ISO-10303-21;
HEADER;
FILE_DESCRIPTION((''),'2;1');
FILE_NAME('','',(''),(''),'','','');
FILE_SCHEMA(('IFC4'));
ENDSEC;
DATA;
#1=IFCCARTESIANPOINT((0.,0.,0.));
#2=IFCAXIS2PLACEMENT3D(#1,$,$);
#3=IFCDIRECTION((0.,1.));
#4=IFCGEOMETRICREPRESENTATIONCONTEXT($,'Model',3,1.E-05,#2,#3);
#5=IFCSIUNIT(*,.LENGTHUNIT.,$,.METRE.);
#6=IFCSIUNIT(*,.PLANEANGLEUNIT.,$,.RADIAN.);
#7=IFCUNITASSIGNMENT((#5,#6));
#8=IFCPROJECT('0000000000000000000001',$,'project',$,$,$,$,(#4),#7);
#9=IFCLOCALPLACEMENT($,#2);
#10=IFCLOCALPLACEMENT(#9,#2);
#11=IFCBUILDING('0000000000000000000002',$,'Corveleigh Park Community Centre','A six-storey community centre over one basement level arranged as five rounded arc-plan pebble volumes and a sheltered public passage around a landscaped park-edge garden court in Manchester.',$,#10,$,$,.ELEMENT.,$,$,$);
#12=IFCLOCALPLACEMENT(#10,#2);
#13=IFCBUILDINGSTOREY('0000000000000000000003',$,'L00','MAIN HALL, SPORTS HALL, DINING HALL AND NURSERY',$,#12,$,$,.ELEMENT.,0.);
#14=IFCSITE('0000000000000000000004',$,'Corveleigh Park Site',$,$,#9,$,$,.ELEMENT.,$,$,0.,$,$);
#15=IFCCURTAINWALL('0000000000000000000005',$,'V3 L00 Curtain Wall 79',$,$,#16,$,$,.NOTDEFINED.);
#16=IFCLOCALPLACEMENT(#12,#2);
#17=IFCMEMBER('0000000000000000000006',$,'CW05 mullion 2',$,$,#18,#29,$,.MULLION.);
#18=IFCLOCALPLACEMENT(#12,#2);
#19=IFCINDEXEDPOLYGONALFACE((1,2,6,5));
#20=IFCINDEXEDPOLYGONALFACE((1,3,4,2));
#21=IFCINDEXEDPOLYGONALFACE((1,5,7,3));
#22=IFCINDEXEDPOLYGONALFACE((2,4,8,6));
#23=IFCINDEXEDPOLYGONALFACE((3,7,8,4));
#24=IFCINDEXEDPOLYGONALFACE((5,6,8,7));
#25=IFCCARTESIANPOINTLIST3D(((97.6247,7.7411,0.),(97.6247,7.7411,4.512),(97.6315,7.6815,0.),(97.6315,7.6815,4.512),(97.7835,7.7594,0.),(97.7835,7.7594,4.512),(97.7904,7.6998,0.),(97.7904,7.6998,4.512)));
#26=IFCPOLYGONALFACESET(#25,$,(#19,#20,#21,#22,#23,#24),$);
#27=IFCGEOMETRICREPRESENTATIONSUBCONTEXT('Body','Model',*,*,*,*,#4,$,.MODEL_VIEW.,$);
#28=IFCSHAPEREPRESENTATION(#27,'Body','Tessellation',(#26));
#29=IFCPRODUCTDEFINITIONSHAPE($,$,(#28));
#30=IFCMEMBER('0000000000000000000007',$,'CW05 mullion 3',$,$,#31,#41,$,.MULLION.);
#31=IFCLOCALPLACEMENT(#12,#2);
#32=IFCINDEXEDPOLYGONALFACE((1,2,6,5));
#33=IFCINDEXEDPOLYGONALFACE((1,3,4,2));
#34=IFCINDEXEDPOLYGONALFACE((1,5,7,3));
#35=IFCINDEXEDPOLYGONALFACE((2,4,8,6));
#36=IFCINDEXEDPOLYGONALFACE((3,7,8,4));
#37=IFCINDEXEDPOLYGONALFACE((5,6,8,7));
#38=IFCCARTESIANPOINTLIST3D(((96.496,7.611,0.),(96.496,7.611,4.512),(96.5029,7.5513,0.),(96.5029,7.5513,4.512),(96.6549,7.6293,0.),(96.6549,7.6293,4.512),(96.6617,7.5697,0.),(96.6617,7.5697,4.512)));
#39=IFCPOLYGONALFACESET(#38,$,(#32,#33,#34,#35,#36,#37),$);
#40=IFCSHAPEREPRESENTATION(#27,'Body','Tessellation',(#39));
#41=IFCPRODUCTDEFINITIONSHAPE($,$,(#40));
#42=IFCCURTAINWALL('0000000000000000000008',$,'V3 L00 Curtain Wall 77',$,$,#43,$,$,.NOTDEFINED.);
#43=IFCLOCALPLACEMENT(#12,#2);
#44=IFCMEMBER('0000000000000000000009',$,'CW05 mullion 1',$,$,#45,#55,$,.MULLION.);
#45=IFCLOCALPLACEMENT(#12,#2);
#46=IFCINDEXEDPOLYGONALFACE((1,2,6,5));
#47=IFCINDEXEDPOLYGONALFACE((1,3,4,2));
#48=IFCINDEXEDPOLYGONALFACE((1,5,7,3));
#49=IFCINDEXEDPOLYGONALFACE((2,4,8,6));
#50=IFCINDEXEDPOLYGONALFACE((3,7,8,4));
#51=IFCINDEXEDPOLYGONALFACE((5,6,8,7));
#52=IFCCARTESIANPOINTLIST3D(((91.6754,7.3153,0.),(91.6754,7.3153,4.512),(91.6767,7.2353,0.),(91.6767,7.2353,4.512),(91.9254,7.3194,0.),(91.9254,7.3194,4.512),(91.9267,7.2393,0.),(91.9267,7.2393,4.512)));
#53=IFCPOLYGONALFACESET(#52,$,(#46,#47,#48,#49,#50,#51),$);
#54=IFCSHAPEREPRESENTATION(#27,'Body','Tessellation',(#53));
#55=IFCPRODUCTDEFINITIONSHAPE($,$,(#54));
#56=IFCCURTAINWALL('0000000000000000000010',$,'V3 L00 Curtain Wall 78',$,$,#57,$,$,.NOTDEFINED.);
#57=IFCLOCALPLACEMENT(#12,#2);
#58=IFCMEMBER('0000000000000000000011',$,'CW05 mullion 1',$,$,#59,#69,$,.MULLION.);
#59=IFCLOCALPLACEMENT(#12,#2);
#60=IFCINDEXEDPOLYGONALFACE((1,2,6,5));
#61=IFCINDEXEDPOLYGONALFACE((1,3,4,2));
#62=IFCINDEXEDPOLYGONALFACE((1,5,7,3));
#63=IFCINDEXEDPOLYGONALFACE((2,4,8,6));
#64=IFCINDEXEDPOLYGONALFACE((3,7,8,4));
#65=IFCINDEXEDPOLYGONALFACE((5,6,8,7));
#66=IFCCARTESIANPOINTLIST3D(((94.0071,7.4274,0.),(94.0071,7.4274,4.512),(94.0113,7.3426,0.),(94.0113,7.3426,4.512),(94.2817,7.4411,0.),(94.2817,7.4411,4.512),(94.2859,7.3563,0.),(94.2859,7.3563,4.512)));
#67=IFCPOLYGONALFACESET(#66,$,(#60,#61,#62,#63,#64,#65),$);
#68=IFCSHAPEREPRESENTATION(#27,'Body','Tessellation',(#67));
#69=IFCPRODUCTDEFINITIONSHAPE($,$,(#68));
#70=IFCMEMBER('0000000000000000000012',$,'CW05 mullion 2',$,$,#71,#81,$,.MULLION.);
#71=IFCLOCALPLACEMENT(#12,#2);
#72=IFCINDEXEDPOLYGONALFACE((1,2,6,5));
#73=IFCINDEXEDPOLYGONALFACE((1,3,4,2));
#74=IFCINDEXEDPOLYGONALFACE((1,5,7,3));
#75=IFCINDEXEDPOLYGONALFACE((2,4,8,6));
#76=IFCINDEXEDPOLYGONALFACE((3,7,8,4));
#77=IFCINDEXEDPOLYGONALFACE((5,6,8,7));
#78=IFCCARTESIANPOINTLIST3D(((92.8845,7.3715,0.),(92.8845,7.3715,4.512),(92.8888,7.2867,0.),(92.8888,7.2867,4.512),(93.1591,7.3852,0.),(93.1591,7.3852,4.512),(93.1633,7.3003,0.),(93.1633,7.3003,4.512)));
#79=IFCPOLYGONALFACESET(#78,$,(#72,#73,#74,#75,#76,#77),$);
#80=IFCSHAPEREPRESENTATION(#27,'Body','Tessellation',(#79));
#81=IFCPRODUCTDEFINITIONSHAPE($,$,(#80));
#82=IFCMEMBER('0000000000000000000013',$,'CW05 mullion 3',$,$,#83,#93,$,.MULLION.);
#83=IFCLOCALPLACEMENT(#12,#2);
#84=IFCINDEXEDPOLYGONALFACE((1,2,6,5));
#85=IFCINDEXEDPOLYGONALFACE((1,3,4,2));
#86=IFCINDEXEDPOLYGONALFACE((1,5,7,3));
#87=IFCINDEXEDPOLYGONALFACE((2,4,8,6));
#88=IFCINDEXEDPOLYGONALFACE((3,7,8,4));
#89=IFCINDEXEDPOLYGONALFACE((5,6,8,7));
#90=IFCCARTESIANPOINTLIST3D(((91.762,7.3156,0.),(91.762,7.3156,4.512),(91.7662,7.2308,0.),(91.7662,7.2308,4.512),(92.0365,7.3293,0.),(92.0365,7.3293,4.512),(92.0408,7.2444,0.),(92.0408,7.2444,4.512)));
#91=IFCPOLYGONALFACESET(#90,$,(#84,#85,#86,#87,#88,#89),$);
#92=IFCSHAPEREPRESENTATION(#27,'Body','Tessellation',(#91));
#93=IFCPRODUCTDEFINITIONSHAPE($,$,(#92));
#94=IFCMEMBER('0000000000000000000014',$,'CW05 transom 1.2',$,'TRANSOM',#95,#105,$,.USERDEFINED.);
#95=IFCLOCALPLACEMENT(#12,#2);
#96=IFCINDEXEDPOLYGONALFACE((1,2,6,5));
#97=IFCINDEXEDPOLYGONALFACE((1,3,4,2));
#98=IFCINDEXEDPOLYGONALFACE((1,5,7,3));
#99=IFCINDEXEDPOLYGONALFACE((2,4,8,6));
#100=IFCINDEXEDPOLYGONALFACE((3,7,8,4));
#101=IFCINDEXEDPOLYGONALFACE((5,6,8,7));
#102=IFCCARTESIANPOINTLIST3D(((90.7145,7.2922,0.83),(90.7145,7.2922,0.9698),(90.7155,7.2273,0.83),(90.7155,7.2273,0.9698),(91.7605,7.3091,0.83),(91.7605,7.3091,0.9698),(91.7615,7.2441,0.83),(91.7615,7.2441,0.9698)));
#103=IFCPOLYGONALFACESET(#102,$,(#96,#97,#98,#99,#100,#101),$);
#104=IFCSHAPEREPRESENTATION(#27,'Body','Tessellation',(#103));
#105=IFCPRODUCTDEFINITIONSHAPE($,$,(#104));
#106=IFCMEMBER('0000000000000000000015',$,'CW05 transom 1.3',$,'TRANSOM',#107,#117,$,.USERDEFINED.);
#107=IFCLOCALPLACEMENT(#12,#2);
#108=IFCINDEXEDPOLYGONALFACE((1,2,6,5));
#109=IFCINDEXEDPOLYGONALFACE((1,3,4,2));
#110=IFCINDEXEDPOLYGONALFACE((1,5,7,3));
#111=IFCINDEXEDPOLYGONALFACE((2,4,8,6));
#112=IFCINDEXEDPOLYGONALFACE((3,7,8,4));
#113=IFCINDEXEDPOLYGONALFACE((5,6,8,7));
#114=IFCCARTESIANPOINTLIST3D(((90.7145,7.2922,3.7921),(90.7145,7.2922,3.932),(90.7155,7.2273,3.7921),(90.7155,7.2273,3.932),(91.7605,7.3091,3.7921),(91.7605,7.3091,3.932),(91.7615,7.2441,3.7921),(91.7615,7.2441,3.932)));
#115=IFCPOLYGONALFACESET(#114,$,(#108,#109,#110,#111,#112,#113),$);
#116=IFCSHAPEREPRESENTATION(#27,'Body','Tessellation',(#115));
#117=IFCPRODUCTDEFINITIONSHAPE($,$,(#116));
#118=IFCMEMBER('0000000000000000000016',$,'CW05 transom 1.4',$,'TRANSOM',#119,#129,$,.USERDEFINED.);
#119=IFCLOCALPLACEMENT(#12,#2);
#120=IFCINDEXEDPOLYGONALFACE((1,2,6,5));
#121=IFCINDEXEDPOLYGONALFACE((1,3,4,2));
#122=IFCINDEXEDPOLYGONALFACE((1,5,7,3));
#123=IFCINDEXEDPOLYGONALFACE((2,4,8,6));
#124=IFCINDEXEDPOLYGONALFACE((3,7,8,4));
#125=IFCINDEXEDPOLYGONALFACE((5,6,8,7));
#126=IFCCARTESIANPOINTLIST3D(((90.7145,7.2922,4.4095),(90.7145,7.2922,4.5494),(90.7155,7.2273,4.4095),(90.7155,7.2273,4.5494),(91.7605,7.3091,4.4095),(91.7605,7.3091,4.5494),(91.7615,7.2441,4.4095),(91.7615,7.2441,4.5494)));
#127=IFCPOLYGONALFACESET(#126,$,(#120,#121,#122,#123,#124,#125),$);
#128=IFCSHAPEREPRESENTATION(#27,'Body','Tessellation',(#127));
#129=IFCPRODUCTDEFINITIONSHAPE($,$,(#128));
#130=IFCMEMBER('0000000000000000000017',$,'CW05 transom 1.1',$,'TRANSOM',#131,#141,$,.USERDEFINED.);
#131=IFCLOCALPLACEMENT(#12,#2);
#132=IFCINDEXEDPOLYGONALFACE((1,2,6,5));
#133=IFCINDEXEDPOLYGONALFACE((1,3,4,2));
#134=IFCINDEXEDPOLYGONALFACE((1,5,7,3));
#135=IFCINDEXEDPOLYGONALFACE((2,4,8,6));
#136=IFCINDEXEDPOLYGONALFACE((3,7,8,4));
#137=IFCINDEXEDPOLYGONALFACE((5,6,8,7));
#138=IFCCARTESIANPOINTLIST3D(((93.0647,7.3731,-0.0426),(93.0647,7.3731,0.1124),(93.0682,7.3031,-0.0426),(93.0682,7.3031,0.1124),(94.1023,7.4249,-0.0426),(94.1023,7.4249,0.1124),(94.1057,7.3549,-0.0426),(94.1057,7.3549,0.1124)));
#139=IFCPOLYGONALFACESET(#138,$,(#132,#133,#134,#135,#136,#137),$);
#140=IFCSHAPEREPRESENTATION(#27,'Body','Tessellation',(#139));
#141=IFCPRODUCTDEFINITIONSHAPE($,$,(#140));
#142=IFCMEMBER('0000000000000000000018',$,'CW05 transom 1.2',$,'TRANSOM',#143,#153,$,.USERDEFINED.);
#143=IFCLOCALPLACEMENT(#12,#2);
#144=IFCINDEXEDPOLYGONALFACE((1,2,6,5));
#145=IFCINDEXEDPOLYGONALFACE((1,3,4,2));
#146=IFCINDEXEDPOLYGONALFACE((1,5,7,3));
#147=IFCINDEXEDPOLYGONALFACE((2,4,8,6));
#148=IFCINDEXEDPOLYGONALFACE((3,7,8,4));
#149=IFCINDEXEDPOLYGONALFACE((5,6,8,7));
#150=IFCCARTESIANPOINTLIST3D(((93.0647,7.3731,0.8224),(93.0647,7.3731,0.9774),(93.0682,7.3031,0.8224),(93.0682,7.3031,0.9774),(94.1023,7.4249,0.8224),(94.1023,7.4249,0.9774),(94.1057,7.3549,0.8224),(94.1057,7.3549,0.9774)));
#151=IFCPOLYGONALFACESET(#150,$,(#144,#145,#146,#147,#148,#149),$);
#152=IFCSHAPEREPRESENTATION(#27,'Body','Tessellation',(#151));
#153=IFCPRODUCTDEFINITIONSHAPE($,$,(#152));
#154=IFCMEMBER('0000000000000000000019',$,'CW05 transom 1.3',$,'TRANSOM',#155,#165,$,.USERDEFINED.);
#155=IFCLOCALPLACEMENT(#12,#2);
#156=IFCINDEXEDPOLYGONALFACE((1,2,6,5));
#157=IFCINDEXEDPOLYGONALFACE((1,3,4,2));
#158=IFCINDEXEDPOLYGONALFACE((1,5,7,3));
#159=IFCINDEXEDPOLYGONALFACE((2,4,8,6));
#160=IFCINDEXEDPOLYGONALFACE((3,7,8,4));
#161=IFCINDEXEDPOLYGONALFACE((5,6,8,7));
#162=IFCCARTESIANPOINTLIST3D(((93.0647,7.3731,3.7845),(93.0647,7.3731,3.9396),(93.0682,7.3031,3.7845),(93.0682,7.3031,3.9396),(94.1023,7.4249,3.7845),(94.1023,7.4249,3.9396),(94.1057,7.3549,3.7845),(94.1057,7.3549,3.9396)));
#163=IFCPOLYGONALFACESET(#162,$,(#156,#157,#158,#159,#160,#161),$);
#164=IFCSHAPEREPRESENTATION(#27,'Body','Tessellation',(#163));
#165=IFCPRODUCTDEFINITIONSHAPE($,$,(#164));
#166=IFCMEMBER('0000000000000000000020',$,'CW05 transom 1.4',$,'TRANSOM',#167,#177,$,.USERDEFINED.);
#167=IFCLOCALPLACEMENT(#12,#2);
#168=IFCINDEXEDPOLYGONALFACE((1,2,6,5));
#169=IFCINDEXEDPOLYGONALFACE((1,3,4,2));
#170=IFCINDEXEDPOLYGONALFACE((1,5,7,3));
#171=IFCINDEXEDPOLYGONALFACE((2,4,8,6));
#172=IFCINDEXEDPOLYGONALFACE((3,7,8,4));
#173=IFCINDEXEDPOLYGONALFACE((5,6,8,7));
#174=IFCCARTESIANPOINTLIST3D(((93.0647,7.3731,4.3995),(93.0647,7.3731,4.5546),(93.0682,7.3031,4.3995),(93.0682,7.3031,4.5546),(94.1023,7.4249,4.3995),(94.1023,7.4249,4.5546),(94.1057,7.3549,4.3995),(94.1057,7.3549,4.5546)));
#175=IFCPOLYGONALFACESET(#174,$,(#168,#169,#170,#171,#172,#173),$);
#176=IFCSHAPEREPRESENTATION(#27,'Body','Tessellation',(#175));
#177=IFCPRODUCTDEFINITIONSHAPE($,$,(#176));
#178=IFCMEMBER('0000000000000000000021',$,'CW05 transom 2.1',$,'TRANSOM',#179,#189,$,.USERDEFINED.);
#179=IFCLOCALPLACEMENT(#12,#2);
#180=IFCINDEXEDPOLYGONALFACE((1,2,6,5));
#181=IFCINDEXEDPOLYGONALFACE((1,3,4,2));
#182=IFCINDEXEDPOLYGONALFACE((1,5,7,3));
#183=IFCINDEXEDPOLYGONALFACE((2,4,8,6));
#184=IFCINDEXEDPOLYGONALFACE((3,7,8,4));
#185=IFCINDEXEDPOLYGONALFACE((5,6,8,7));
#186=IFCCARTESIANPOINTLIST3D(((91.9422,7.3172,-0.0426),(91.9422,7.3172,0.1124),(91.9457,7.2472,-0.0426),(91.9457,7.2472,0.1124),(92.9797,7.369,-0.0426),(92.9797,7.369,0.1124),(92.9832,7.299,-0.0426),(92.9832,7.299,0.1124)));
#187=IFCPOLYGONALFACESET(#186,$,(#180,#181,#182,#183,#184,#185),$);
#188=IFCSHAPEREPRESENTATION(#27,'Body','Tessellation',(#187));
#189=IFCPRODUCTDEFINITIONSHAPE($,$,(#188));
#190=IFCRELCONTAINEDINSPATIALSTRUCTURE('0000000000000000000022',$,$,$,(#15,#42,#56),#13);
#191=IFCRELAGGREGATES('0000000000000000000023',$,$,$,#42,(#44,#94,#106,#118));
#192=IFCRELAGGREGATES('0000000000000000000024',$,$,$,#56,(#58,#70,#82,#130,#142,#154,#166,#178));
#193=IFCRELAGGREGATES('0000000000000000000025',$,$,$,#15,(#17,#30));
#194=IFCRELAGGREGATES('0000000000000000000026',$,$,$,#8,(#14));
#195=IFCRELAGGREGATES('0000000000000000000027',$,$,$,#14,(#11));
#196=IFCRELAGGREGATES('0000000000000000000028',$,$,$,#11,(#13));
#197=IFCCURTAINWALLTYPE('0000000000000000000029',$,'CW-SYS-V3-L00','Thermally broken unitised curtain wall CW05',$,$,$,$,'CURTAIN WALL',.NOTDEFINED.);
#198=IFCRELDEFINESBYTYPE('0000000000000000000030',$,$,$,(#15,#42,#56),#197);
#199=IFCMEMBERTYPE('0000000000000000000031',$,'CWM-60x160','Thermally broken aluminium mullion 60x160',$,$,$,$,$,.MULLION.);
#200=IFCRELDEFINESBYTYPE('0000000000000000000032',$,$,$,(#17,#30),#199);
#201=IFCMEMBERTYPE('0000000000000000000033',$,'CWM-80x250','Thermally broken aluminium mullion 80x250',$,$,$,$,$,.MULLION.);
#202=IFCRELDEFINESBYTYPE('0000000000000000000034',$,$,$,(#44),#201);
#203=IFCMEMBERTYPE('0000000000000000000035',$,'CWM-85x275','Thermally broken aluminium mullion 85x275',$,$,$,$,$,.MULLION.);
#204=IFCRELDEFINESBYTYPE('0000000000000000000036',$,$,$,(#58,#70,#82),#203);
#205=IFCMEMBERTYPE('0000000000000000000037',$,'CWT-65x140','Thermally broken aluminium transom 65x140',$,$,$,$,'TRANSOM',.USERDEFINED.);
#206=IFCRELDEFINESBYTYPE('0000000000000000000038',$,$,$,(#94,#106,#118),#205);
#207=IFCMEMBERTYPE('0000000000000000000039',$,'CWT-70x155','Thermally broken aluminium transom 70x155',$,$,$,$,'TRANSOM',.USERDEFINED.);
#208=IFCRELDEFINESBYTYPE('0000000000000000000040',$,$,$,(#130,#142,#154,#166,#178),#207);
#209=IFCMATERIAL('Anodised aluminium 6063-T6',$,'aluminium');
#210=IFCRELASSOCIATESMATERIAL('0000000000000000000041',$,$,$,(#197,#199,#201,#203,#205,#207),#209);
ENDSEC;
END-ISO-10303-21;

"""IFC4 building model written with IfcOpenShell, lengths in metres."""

from ifc_helpers import new_model, si_unit, direction, frame, origin, origin_2d, place, context, subcontext, project, spatial, rectangle, extrude, material, material_profile, profile_set, type_object, element, aggregate, save


model = new_model("IFC4")

# Units and contexts
model_context = context("Model", 3, precision=1e-05, world=origin(), true_north=direction((0.0, 1.0)))
body_context = subcontext(model_context, "Body", "Model", "MODEL_VIEW")
ifc_project = project(units=[si_unit("LENGTHUNIT", "METRE"), si_unit("PLANEANGLEUNIT", "RADIAN")], contexts=[model_context])

# Site, building, storey
site_placement = place(None, origin())
site = spatial("IfcSite", under=ifc_project, at=site_placement, Name="Corveleigh Park Site", CompositionType="ELEMENT", RefElevation=0.0)
building_placement = place(site_placement, origin())
building = spatial("IfcBuilding", under=site, at=building_placement, Name="Corveleigh Park Community Centre", Description="A six-storey community centre over one basement level arranged as five rounded arc-plan pebble volumes and a sheltered public passage around a landscaped park-edge garden court in Manchester.", CompositionType="ELEMENT")
storey_placement = place(building_placement, origin())
storey = spatial("IfcBuildingStorey", under=building, at=storey_placement, Name="L00", Description="MAIN HALL, SPORTS HALL, DINING HALL AND NURSERY", CompositionType="ELEMENT", Elevation=0.0)

# Curtain wall, members
ifc_material_1 = material(Name="Anodised aluminium 6063-T6", Category="aluminium")
curtain_wall_type = type_object("IfcCurtainWallType", Name="CW-SYS-V3-L00", Description="Thermally broken unitised curtain wall CW05", ElementType="CURTAIN WALL", PredefinedType="NOTDEFINED", material=ifc_material_1)
curtain_wall_1_placement = place(storey_placement, origin())
curtain_wall_1 = element("IfcCurtainWall", 1, at=curtain_wall_1_placement, inside=storey, type_object=curtain_wall_type, Name="V3 L00 Curtain Wall 79", PredefinedType="NOTDEFINED")
ifc_material_profile_1 = material_profile(ifc_material_1, rectangle(XDim=0.0601, YDim=0.1599, at=origin_2d()), Name="ALU-M60x160", Category="aluminium")
ifc_profile_set_1 = profile_set([ifc_material_profile_1], Name="Anodised aluminium 6063-T6")
member_type_1 = type_object("IfcMemberType", Name="CWM-60x160", Description="Thermally broken aluminium mullion 60x160", PredefinedType="MULLION", material=ifc_profile_set_1)
member_1_placement = place(storey_placement, frame((97.7075, 7.7205, 0.0), z_axis=(0.0, 0.0, 1.0), x_axis=(0.114478, -0.993426, 0.0)))
member_1 = element("IfcMember", 2, at=member_1_placement, type_object=member_type_1, Name="CW05 mullion 2", PredefinedType="MULLION", context=body_context, shape_type="SweptSolid", body=[
    extrude(rectangle(XDim=0.0601, YDim=0.1599, at=origin_2d()), origin(), (0.0, 0.0, 1.0), 4.512),
])
member_2_placement = place(storey_placement, frame((96.5789, 7.5903, 0.0), z_axis=(0.0, 0.0, 1.0), x_axis=(0.114478, -0.993426, 0.0)))
member_2 = element("IfcMember", 3, at=member_2_placement, type_object=member_type_1, Name="CW05 mullion 3", PredefinedType="MULLION", context=body_context, shape_type="SweptSolid", body=[
    extrude(rectangle(XDim=0.0601, YDim=0.1599, at=origin_2d()), origin(), (0.0, 0.0, 1.0), 4.512),
])

# Curtain wall, member
curtain_wall_2_placement = place(storey_placement, origin())
curtain_wall_2 = element("IfcCurtainWall", 4, at=curtain_wall_2_placement, inside=storey, type_object=curtain_wall_type, Name="V3 L00 Curtain Wall 77", PredefinedType="NOTDEFINED")
ifc_material_profile_2 = material_profile(ifc_material_1, rectangle(XDim=0.0801, YDim=0.25, at=origin_2d()), Name="ALU-M80x250", Category="aluminium")
ifc_profile_set_2 = profile_set([ifc_material_profile_2], Name="Anodised aluminium 6063-T6")
member_type_2 = type_object("IfcMemberType", Name="CWM-80x250", Description="Thermally broken aluminium mullion 80x250", PredefinedType="MULLION", material=ifc_profile_set_2)
member_3_placement = place(storey_placement, frame((91.801, 7.2773, 0.0), z_axis=(0.0, 0.0, 1.0), x_axis=(0.016293, -0.999867, 0.0)))
member_3 = element("IfcMember", 5, at=member_3_placement, type_object=member_type_2, Name="CW05 mullion 1", PredefinedType="MULLION", context=body_context, shape_type="SweptSolid", body=[
    extrude(rectangle(XDim=0.0801, YDim=0.25, at=origin_2d()), origin(), (0.0, 0.0, 1.0), 4.512),
])

# Curtain wall, members
curtain_wall_3_placement = place(storey_placement, origin())
curtain_wall_3 = element("IfcCurtainWall", 6, at=curtain_wall_3_placement, inside=storey, type_object=curtain_wall_type, Name="V3 L00 Curtain Wall 78", PredefinedType="NOTDEFINED")
ifc_material_profile_3 = material_profile(ifc_material_1, rectangle(XDim=0.085, YDim=0.2749, at=origin_2d()), Name="ALU-M85x275", Category="aluminium")
ifc_profile_set_3 = profile_set([ifc_material_profile_3], Name="Anodised aluminium 6063-T6")
member_type_3 = type_object("IfcMemberType", Name="CWM-85x275", Description="Thermally broken aluminium mullion 85x275", PredefinedType="MULLION", material=ifc_profile_set_3)
member_4_placement = place(storey_placement, frame((94.1465, 7.3918, 0.0), z_axis=(0.0, 0.0, 1.0), x_axis=(0.049724, -0.998763, 0.0)))
member_4 = element("IfcMember", 7, at=member_4_placement, type_object=member_type_3, Name="CW05 mullion 1", PredefinedType="MULLION", context=body_context, shape_type="SweptSolid", body=[
    extrude(rectangle(XDim=0.085, YDim=0.2749, at=origin_2d()), origin(), (0.0, 0.0, 1.0), 4.512),
])
member_5_placement = place(storey_placement, frame((93.0239, 7.3359, 0.0), z_axis=(0.0, 0.0, 1.0), x_axis=(0.049724, -0.998763, 0.0)))
member_5 = element("IfcMember", 8, at=member_5_placement, type_object=member_type_3, Name="CW05 mullion 2", PredefinedType="MULLION", context=body_context, shape_type="SweptSolid", body=[
    extrude(rectangle(XDim=0.085, YDim=0.2749, at=origin_2d()), origin(), (0.0, 0.0, 1.0), 4.512),
])
member_6_placement = place(storey_placement, frame((91.9014, 7.28, 0.0), z_axis=(0.0, 0.0, 1.0), x_axis=(0.049724, -0.998763, 0.0)))
member_6 = element("IfcMember", 9, at=member_6_placement, type_object=member_type_3, Name="CW05 mullion 3", PredefinedType="MULLION", context=body_context, shape_type="SweptSolid", body=[
    extrude(rectangle(XDim=0.085, YDim=0.2749, at=origin_2d()), origin(), (0.0, 0.0, 1.0), 4.512),
])

# Members
ifc_material_profile_4 = material_profile(ifc_material_1, rectangle(XDim=0.0649, YDim=0.1399, at=origin_2d()), Name="ALU-T65x140", Category="aluminium")
ifc_profile_set_4 = profile_set([ifc_material_profile_4], Name="Anodised aluminium 6063-T6")
member_type_4 = type_object("IfcMemberType", Name="CWT-65x140", Description="Thermally broken aluminium transom 65x140", ElementType="TRANSOM", PredefinedType="USERDEFINED", material=ifc_profile_set_4)
member_7_placement = place(storey_placement, frame((91.761, 7.2766, 0.8999), z_axis=(-0.99987, -0.016104, 0.0), x_axis=(0.016104, -0.99987, 0.0)))
member_7 = element("IfcMember", 10, at=member_7_placement, type_object=member_type_4, Name="CW05 transom 1.2", ObjectType="TRANSOM", PredefinedType="USERDEFINED", context=body_context, shape_type="SweptSolid", body=[
    extrude(rectangle(XDim=0.0649, YDim=0.1399, at=origin_2d()), origin(), (0.0, 0.0, 1.0), 1.0461),
])
member_8_placement = place(storey_placement, frame((91.761, 7.2766, 3.8621), z_axis=(-0.99987, -0.016104, 0.0), x_axis=(0.016104, -0.99987, 0.0)))
member_8 = element("IfcMember", 11, at=member_8_placement, type_object=member_type_4, Name="CW05 transom 1.3", ObjectType="TRANSOM", PredefinedType="USERDEFINED", context=body_context, shape_type="SweptSolid", body=[
    extrude(rectangle(XDim=0.0649, YDim=0.1399, at=origin_2d()), origin(), (0.0, 0.0, 1.0), 1.0461),
])
member_9_placement = place(storey_placement, frame((91.761, 7.2766, 4.4795), z_axis=(-0.99987, -0.016104, 0.0), x_axis=(0.016104, -0.99987, 0.0)))
member_9 = element("IfcMember", 12, at=member_9_placement, type_object=member_type_4, Name="CW05 transom 1.4", ObjectType="TRANSOM", PredefinedType="USERDEFINED", context=body_context, shape_type="SweptSolid", body=[
    extrude(rectangle(XDim=0.0649, YDim=0.1399, at=origin_2d()), origin(), (0.0, 0.0, 1.0), 1.0461),
])
aggregate(curtain_wall_2, [member_3, member_7, member_8, member_9])
ifc_material_profile_5 = material_profile(ifc_material_1, rectangle(XDim=0.0701, YDim=0.155, at=origin_2d()), Name="ALU-T70x155", Category="aluminium")
ifc_profile_set_5 = profile_set([ifc_material_profile_5], Name="Anodised aluminium 6063-T6")
member_type_5 = type_object("IfcMemberType", Name="CWT-70x155", Description="Thermally broken aluminium transom 70x155", ElementType="TRANSOM", PredefinedType="USERDEFINED", material=ifc_profile_set_5)
member_10_placement = place(storey_placement, frame((94.104, 7.3899, 0.0349), z_axis=(-0.998758, -0.04982, 0.0), x_axis=(0.04982, -0.998758, 0.0)))
member_10 = element("IfcMember", 13, at=member_10_placement, type_object=member_type_5, Name="CW05 transom 1.1", ObjectType="TRANSOM", PredefinedType="USERDEFINED", context=body_context, shape_type="SweptSolid", body=[
    extrude(rectangle(XDim=0.0701, YDim=0.155, at=origin_2d()), origin(), (0.0, 0.0, 1.0), 1.0388),
])
member_11_placement = place(storey_placement, frame((94.104, 7.3899, 0.8999), z_axis=(-0.998758, -0.04982, 0.0), x_axis=(0.04982, -0.998758, 0.0)))
member_11 = element("IfcMember", 14, at=member_11_placement, type_object=member_type_5, Name="CW05 transom 1.2", ObjectType="TRANSOM", PredefinedType="USERDEFINED", context=body_context, shape_type="SweptSolid", body=[
    extrude(rectangle(XDim=0.0701, YDim=0.155, at=origin_2d()), origin(), (0.0, 0.0, 1.0), 1.0388),
])
member_12_placement = place(storey_placement, frame((94.104, 7.3899, 3.8621), z_axis=(-0.998758, -0.04982, 0.0), x_axis=(0.04982, -0.998758, 0.0)))
member_12 = element("IfcMember", 15, at=member_12_placement, type_object=member_type_5, Name="CW05 transom 1.3", ObjectType="TRANSOM", PredefinedType="USERDEFINED", context=body_context, shape_type="SweptSolid", body=[
    extrude(rectangle(XDim=0.0701, YDim=0.155, at=origin_2d()), origin(), (0.0, 0.0, 1.0), 1.0388),
])
member_13_placement = place(storey_placement, frame((94.104, 7.3899, 4.4771), z_axis=(-0.998758, -0.04982, 0.0), x_axis=(0.04982, -0.998758, 0.0)))
member_13 = element("IfcMember", 16, at=member_13_placement, type_object=member_type_5, Name="CW05 transom 1.4", ObjectType="TRANSOM", PredefinedType="USERDEFINED", context=body_context, shape_type="SweptSolid", body=[
    extrude(rectangle(XDim=0.0701, YDim=0.155, at=origin_2d()), origin(), (0.0, 0.0, 1.0), 1.0388),
])
member_14_placement = place(storey_placement, frame((92.9814, 7.334, 0.0349), z_axis=(-0.998758, -0.04982, 0.0), x_axis=(0.04982, -0.998758, 0.0)))
member_14 = element("IfcMember", 17, at=member_14_placement, type_object=member_type_5, Name="CW05 transom 2.1", ObjectType="TRANSOM", PredefinedType="USERDEFINED", context=body_context, shape_type="SweptSolid", body=[
    extrude(rectangle(XDim=0.0701, YDim=0.155, at=origin_2d()), origin(), (0.0, 0.0, 1.0), 1.0388),
])

aggregate(curtain_wall_3, [member_4, member_5, member_6, member_10, member_11, member_12, member_13, member_14])
aggregate(curtain_wall_1, [member_1, member_2])

save(model, "model.ifc")
